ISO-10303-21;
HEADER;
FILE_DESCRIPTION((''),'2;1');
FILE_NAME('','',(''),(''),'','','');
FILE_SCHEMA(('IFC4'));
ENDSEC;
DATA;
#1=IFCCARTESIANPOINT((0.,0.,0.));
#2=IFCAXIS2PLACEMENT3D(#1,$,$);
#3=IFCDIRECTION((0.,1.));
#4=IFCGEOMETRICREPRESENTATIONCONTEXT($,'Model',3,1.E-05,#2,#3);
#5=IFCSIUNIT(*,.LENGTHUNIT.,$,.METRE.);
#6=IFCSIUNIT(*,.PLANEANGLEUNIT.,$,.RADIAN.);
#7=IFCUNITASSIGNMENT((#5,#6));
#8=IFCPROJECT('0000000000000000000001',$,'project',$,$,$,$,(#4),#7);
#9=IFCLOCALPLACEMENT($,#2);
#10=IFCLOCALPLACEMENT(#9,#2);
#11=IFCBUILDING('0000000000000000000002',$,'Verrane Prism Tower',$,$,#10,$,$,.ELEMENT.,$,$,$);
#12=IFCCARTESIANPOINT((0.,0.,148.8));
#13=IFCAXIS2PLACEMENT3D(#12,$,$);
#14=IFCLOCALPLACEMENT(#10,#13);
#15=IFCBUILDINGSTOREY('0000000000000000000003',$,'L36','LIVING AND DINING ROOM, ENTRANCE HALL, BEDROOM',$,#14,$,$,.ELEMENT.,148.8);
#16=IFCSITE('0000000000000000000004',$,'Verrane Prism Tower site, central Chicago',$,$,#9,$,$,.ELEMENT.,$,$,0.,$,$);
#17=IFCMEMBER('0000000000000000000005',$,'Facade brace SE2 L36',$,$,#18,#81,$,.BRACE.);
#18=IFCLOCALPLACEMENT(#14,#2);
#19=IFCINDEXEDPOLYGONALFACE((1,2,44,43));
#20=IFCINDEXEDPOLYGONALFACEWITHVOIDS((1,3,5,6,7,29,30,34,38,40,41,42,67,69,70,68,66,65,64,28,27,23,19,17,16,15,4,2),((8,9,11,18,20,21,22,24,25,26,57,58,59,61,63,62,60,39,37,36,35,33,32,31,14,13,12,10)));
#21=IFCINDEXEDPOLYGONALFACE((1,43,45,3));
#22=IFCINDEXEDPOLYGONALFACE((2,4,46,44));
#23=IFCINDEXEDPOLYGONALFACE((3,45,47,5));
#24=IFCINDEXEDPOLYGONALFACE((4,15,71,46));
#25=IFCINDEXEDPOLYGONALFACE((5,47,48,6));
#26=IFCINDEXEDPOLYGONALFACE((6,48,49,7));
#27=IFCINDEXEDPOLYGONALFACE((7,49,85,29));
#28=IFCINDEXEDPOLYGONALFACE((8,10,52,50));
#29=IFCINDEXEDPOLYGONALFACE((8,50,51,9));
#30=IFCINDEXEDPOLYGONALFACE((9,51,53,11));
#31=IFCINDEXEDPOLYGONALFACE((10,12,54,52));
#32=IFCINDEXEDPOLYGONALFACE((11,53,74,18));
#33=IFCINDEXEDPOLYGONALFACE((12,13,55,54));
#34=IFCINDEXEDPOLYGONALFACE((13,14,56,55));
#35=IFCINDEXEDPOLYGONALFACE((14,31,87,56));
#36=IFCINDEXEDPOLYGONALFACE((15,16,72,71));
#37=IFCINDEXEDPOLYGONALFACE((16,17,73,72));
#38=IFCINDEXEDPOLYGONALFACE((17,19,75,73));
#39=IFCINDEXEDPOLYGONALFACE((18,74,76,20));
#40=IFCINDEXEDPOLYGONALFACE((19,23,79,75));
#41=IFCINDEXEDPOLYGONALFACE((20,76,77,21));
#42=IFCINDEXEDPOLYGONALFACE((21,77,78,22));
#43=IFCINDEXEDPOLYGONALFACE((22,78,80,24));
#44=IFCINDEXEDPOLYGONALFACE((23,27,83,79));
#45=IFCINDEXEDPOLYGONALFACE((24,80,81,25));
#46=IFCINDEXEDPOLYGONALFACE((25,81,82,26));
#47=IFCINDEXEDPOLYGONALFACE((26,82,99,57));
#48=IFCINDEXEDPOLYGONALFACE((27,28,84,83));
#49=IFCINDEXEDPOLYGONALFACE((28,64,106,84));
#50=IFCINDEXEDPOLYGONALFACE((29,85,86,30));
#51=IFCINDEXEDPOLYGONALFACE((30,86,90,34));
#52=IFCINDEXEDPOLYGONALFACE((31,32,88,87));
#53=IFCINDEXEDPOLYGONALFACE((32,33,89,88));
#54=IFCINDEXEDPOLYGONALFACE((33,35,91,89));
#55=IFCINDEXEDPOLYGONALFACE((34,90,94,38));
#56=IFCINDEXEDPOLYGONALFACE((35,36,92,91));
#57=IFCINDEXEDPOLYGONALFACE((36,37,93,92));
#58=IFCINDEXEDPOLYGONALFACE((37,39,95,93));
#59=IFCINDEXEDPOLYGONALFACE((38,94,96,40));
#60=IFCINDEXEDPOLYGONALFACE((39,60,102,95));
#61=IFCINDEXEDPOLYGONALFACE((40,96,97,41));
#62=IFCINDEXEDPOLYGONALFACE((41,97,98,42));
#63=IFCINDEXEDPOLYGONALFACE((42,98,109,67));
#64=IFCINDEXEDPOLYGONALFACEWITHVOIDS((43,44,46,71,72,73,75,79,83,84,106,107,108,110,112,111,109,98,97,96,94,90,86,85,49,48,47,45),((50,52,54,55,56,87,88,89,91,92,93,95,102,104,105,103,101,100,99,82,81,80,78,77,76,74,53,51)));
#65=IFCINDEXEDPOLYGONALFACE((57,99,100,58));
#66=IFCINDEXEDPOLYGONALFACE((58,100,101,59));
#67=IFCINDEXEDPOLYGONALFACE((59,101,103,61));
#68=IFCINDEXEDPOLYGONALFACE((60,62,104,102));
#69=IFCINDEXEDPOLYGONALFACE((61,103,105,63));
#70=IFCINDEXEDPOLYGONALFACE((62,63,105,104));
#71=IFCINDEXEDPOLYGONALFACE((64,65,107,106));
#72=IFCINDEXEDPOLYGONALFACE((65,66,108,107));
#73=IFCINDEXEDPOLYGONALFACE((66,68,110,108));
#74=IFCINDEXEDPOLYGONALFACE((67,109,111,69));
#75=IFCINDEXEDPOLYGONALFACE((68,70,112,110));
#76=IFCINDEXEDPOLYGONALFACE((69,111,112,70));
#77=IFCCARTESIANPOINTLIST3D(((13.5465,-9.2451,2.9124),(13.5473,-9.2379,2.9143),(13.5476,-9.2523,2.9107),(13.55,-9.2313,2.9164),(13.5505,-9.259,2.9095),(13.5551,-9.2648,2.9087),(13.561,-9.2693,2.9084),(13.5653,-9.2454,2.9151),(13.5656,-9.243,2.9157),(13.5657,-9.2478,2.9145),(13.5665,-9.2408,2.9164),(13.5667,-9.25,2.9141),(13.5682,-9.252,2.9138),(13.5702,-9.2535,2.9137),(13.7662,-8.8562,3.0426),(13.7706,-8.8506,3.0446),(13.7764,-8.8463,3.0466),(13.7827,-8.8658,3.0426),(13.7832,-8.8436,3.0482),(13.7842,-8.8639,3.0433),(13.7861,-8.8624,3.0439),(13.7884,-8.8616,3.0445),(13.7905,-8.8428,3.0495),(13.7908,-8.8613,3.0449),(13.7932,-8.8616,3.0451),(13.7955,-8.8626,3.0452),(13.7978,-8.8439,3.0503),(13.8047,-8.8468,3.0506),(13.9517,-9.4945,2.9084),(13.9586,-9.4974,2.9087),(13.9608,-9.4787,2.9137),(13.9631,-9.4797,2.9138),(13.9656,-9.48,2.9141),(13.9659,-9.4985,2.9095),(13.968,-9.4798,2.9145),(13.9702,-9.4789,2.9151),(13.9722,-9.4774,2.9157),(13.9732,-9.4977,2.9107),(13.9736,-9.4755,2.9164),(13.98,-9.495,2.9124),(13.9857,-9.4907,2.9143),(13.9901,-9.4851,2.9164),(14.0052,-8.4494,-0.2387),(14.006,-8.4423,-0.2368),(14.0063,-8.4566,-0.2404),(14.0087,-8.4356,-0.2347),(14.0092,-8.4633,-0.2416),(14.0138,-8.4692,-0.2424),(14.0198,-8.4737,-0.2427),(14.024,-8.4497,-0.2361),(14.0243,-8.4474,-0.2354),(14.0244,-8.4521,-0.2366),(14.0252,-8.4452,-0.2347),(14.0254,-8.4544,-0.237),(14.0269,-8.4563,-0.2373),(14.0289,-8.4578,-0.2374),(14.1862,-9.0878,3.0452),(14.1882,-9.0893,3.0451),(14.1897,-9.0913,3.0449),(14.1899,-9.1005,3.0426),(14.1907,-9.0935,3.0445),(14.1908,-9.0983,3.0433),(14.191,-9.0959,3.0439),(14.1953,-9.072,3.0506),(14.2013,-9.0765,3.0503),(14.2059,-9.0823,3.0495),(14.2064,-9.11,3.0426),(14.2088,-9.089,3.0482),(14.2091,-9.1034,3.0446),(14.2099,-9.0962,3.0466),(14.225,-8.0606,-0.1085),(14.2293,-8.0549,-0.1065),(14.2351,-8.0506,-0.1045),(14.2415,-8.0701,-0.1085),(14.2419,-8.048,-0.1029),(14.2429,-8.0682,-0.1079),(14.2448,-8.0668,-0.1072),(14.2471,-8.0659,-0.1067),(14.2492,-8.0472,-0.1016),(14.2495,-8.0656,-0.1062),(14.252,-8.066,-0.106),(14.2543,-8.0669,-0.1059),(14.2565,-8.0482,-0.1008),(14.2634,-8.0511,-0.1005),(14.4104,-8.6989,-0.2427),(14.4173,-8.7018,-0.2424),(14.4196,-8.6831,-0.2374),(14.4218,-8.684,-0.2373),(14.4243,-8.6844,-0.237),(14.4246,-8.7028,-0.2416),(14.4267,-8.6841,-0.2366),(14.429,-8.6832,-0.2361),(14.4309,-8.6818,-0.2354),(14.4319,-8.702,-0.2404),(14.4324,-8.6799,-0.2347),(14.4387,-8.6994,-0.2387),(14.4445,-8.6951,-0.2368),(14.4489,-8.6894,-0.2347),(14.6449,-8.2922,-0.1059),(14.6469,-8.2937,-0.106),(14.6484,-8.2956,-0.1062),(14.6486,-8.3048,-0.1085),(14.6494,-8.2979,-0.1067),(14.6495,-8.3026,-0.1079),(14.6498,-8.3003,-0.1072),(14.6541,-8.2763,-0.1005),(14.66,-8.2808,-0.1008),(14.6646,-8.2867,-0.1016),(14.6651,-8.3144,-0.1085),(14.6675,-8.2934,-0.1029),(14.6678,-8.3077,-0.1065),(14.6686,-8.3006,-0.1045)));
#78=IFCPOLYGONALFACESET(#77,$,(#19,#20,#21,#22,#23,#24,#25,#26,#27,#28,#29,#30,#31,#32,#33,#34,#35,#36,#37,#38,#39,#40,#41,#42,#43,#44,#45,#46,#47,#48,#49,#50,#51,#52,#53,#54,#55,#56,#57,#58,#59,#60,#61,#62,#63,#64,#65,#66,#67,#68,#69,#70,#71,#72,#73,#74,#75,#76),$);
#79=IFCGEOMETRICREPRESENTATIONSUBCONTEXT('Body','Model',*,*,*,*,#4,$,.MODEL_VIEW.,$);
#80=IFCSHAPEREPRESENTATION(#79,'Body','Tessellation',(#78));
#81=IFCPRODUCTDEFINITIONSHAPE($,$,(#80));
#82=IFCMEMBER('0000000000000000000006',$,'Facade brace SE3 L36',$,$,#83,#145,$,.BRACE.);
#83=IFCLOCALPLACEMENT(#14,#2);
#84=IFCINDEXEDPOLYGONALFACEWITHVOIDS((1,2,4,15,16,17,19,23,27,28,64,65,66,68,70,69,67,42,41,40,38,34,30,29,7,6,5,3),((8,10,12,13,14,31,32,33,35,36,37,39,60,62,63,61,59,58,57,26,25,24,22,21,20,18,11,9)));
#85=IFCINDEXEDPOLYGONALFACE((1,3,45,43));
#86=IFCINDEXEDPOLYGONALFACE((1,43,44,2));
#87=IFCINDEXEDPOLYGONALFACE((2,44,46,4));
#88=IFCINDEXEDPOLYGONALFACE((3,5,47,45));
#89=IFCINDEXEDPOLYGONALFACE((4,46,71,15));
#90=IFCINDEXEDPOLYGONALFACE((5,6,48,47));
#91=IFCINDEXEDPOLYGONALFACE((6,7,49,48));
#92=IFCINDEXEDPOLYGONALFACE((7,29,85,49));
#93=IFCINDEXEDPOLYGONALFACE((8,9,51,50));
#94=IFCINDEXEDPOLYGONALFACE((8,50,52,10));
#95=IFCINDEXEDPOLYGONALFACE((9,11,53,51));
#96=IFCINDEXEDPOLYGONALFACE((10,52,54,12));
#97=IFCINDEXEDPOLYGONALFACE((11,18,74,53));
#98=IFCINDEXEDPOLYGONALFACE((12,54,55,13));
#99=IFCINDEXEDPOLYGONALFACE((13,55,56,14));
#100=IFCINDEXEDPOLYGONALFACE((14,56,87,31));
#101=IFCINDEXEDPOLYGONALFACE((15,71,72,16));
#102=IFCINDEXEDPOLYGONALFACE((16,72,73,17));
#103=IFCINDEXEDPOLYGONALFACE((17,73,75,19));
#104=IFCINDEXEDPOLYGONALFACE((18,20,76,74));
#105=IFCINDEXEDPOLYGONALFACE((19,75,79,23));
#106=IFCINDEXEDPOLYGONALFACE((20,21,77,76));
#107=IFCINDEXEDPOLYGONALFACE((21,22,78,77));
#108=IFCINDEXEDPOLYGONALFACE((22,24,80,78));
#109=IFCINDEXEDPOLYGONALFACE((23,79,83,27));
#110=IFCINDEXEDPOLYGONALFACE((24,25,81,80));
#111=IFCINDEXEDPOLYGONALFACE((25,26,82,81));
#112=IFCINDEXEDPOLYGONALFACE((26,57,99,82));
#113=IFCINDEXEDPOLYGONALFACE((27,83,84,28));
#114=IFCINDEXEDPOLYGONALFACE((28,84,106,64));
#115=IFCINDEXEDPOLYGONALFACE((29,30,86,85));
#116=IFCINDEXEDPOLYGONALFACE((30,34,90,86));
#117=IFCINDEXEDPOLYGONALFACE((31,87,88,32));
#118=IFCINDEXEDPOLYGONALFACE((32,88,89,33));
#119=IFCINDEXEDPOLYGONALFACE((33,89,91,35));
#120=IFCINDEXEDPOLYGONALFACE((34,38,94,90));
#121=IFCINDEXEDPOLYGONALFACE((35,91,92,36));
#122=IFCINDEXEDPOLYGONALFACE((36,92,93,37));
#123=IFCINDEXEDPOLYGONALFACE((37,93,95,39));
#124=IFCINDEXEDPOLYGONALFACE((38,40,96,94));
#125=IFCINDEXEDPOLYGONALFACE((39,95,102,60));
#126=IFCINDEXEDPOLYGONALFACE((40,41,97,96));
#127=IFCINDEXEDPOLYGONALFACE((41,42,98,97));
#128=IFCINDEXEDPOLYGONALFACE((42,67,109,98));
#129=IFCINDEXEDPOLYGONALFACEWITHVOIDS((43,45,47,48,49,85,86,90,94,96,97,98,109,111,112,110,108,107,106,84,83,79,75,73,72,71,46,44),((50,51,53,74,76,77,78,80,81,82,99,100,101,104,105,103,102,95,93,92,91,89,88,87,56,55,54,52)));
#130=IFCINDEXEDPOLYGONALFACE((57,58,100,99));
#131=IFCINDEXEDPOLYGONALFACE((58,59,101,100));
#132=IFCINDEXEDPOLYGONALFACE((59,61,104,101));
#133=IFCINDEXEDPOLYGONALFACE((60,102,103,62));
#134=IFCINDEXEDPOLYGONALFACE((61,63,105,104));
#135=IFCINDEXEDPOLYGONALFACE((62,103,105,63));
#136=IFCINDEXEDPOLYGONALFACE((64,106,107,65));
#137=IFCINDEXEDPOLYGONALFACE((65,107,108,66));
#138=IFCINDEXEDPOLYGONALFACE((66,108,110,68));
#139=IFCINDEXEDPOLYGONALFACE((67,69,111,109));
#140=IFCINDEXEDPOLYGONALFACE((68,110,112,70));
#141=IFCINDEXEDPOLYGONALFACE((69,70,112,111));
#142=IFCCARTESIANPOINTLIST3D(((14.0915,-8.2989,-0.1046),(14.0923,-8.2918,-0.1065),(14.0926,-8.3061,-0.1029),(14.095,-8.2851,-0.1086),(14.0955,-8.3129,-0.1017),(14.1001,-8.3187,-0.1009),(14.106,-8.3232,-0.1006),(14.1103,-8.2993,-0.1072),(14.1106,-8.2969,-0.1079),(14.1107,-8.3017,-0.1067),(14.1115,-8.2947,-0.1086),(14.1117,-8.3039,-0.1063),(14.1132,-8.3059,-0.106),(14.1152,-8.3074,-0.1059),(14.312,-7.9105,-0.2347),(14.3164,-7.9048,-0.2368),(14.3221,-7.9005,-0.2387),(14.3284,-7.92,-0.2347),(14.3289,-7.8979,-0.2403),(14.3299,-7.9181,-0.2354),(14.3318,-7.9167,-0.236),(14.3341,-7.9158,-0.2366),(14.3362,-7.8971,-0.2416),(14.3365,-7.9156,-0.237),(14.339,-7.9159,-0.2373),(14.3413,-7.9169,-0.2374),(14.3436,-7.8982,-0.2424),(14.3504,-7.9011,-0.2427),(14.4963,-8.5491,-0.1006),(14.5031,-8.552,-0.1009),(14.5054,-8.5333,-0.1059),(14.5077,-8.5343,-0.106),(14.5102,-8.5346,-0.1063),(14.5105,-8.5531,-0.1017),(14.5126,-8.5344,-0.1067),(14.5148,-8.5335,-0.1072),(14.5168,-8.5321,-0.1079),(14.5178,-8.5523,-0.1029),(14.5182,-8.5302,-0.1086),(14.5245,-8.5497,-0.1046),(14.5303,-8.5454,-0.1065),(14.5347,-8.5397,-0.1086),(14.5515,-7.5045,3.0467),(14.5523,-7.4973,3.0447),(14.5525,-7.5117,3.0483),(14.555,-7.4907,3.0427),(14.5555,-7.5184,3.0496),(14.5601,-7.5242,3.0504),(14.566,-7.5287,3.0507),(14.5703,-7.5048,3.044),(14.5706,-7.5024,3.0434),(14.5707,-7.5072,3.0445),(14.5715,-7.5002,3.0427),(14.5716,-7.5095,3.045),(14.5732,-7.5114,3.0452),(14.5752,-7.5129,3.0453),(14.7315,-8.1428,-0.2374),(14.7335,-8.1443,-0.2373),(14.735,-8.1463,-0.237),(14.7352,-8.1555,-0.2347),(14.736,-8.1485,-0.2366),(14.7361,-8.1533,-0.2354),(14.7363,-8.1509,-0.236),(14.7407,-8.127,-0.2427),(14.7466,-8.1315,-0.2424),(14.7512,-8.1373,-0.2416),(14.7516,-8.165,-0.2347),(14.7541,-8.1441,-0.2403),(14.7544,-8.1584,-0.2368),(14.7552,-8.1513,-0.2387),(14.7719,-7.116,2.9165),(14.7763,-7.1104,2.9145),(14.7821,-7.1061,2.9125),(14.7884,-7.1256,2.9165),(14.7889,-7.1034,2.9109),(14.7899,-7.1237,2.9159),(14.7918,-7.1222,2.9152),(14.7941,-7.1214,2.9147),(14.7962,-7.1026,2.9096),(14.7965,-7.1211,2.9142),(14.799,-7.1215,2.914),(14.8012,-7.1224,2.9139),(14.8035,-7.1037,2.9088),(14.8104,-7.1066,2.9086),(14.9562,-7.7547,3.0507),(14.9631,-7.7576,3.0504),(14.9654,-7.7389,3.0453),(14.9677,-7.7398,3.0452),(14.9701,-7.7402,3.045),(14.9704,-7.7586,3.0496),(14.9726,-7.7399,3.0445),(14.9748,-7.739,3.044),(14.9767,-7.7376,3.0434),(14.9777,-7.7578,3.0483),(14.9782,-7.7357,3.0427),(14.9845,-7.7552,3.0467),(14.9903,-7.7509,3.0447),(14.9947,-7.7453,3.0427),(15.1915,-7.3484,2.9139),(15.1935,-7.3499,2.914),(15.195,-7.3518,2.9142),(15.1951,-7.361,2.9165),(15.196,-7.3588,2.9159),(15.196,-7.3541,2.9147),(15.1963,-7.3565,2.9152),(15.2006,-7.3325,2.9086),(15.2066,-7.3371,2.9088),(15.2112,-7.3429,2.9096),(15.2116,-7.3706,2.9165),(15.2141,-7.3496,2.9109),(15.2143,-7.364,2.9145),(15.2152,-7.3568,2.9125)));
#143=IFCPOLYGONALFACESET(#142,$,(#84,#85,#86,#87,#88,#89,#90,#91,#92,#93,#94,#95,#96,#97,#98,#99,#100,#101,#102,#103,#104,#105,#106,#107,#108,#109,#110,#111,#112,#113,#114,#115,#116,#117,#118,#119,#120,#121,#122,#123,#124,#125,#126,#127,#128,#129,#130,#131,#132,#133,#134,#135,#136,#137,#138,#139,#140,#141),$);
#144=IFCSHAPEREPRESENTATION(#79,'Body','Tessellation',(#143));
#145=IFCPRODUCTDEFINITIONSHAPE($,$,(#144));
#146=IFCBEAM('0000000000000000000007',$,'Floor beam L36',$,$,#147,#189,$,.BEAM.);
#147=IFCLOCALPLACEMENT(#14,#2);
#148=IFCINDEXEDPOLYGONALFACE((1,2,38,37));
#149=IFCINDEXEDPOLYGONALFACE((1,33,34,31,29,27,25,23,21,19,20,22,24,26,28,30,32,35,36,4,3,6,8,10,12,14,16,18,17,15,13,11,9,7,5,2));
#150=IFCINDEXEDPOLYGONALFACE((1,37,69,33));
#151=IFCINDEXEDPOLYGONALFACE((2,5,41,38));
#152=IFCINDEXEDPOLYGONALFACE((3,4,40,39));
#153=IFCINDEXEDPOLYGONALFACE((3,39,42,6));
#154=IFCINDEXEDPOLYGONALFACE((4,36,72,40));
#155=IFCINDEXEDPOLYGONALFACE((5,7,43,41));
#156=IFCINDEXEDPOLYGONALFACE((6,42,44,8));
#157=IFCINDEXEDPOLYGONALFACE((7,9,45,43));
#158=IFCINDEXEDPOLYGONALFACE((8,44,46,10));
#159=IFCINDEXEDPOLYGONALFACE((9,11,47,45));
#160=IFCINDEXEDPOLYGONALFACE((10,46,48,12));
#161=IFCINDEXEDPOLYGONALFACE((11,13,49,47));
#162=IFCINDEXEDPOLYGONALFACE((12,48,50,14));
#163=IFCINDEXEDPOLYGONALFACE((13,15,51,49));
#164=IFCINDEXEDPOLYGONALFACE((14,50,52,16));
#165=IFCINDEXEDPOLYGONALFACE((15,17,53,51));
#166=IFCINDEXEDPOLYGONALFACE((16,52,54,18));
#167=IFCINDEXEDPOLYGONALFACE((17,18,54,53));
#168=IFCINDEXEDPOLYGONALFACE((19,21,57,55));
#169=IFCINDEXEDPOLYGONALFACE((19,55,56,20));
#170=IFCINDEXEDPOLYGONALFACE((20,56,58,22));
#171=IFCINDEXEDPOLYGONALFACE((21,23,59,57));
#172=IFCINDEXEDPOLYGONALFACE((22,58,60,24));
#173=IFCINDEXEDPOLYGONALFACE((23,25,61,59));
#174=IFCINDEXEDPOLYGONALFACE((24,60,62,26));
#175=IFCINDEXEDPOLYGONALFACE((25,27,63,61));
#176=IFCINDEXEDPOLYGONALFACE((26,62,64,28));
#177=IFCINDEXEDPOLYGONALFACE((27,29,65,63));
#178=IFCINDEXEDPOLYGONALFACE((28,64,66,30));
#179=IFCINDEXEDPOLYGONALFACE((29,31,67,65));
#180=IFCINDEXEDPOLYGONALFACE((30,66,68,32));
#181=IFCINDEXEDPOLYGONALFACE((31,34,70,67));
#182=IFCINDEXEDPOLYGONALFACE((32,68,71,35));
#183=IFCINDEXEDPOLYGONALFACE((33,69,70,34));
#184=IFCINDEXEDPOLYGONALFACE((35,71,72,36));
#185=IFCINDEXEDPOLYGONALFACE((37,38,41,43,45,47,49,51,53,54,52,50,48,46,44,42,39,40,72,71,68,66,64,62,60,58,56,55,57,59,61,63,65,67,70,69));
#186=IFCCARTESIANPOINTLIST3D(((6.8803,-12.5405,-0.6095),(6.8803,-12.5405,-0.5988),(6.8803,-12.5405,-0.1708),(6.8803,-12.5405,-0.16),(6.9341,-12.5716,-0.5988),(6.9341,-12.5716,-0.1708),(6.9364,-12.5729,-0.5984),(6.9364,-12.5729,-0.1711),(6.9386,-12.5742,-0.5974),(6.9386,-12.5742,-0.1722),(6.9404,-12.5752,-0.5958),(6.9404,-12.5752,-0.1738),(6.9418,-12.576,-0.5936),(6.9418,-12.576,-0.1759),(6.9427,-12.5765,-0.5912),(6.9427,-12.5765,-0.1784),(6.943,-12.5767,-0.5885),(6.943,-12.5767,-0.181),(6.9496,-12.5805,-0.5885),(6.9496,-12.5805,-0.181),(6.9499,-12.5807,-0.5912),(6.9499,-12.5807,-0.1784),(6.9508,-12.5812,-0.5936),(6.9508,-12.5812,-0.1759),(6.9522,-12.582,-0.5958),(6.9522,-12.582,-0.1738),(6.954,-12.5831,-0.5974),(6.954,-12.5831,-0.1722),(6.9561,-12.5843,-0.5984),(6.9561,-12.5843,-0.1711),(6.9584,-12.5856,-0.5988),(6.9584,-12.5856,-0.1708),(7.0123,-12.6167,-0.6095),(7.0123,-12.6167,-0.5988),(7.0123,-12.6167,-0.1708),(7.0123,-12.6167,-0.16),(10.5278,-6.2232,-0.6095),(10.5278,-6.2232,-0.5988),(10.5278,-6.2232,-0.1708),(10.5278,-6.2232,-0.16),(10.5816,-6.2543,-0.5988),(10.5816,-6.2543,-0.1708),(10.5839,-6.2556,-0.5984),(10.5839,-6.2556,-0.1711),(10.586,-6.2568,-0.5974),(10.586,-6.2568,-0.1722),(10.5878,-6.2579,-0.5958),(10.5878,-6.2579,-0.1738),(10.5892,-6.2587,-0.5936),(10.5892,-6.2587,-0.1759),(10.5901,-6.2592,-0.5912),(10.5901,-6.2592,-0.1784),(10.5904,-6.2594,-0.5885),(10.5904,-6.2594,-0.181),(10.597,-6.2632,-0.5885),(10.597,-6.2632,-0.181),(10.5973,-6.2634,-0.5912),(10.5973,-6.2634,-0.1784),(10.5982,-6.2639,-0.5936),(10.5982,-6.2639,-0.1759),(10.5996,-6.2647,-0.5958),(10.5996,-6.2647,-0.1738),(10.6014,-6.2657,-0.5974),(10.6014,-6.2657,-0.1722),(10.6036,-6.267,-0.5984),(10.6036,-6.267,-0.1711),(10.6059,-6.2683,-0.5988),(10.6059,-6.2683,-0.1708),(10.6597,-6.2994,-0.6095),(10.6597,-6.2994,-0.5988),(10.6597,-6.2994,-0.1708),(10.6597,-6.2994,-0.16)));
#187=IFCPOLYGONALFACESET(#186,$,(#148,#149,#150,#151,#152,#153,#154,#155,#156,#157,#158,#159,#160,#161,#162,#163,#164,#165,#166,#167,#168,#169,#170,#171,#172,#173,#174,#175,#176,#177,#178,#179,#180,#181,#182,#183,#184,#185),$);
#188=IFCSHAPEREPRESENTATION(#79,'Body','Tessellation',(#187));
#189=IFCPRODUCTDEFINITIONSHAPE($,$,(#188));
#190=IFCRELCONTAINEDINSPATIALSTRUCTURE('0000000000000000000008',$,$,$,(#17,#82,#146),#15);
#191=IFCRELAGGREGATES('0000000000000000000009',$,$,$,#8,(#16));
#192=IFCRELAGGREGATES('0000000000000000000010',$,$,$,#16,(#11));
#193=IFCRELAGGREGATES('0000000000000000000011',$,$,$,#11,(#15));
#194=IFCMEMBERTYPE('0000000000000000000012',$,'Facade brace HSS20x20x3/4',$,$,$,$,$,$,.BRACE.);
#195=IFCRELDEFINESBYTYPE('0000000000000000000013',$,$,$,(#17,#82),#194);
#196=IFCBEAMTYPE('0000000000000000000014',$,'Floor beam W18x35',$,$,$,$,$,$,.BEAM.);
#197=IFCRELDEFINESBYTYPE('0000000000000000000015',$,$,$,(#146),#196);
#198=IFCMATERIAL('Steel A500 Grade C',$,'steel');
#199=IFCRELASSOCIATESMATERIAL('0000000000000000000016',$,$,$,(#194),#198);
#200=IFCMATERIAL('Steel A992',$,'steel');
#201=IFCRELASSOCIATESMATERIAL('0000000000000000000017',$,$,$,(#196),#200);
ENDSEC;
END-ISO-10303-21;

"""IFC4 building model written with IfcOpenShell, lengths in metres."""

from ifc_helpers import new_model, si_unit, direction, frame, origin, origin_2d, place, context, subcontext, project, spatial, hollow_rectangle, i_section, extrude, material, material_profile, profile_set, type_object, element, save


model = new_model("IFC4")

# Units and contexts
model_context = context("Model", 3, precision=1e-05, world=origin(), true_north=direction((0.0, 1.0)))
body_context = subcontext(model_context, "Body", "Model", "MODEL_VIEW")
ifc_project = project(units=[si_unit("LENGTHUNIT", "METRE"), si_unit("PLANEANGLEUNIT", "RADIAN")], contexts=[model_context])

# Site, building, storey
site_placement = place(None, origin())
site = spatial("IfcSite", under=ifc_project, at=site_placement, Name="Verrane Prism Tower site, central Chicago", CompositionType="ELEMENT", RefElevation=0.0)
building_placement = place(site_placement, origin())
building = spatial("IfcBuilding", under=site, at=building_placement, Name="Verrane Prism Tower", CompositionType="ELEMENT")
storey_placement = place(building_placement, frame((0.0, 0.0, 148.8)))
storey = spatial("IfcBuildingStorey", under=building, at=storey_placement, Name="L36", Description="LIVING AND DINING ROOM, ENTRANCE HALL, BEDROOM", CompositionType="ELEMENT", Elevation=148.8)

# Members
ifc_material_1 = material(Name="Steel A500 Grade C", Category="steel")
ifc_material_profile_1 = material_profile(ifc_material_1, hollow_rectangle(XDim=0.5081, YDim=0.5081, WallThickness=0.019, InnerFilletRadius=0.0095, OuterFilletRadius=0.0286, at=origin_2d()), Name="HSS20x20x3/4")
ifc_profile_set_1 = profile_set([ifc_material_profile_1], Name="Steel A500 Grade C")
member_type_1 = type_object("IfcMemberType", Name="Facade brace HSS20x20x3/4", PredefinedType="BRACE", material=ifc_profile_set_1)
for number, where, z_axis, x_axis, name in (
    (1, (14.3369, -8.375, -0.1716), (-0.139764, -0.242412, 0.960053), (0.866323, -0.499485, 0.0), "Facade brace SE2 L36"),
    (2, (14.4233, -8.2251, -0.1716), (0.140142, 0.242049, 0.96009), (-0.865414, 0.501057, 0.0), "Facade brace SE3 L36"),
):
    element("IfcMember", number, at=place(storey_placement, frame(where, z_axis=z_axis, x_axis=x_axis)), inside=storey, type_object=member_type_1, Name=name, PredefinedType="BRACE", context=body_context, shape_type="SweptSolid", body=[
        extrude(hollow_rectangle(XDim=0.5081, YDim=0.5081, WallThickness=0.019, InnerFilletRadius=0.0095, OuterFilletRadius=0.0286, at=origin_2d()), origin(), (0.0, 0.0, 1.0), 3.2822),
    ])

# Beam
ifc_material_2 = material(Name="Steel A992", Category="steel")
ifc_material_profile_2 = material_profile(ifc_material_2, i_section(OverallWidth=0.1523, OverallDepth=0.4495, WebThickness=0.0076, FlangeThickness=0.0107, FilletRadius=0.0103, at=origin_2d()), Name="W18x35")
ifc_profile_set_2 = profile_set([ifc_material_profile_2], Name="Steel A992")
beam_type_1 = type_object("IfcBeamType", Name="Floor beam W18x35", PredefinedType="BEAM", material=ifc_profile_set_2)
beam_1_placement = place(storey_placement, frame((6.9463, -12.5786, -0.3848), z_axis=(0.500012, 0.866018, 0.0), x_axis=(-0.866018, 0.500012, 0.0)))
element("IfcBeam", 3, at=beam_1_placement, inside=storey, type_object=beam_type_1, Name="Floor beam L36", PredefinedType="BEAM", context=body_context, shape_type="SweptSolid", body=[
    extrude(i_section(OverallWidth=0.1523, OverallDepth=0.4495, WebThickness=0.0076, FlangeThickness=0.0107, FilletRadius=0.0103, at=origin_2d()), origin(), (0.0, 0.0, 1.0), 7.2947),
])

save(model, "model.ifc")
